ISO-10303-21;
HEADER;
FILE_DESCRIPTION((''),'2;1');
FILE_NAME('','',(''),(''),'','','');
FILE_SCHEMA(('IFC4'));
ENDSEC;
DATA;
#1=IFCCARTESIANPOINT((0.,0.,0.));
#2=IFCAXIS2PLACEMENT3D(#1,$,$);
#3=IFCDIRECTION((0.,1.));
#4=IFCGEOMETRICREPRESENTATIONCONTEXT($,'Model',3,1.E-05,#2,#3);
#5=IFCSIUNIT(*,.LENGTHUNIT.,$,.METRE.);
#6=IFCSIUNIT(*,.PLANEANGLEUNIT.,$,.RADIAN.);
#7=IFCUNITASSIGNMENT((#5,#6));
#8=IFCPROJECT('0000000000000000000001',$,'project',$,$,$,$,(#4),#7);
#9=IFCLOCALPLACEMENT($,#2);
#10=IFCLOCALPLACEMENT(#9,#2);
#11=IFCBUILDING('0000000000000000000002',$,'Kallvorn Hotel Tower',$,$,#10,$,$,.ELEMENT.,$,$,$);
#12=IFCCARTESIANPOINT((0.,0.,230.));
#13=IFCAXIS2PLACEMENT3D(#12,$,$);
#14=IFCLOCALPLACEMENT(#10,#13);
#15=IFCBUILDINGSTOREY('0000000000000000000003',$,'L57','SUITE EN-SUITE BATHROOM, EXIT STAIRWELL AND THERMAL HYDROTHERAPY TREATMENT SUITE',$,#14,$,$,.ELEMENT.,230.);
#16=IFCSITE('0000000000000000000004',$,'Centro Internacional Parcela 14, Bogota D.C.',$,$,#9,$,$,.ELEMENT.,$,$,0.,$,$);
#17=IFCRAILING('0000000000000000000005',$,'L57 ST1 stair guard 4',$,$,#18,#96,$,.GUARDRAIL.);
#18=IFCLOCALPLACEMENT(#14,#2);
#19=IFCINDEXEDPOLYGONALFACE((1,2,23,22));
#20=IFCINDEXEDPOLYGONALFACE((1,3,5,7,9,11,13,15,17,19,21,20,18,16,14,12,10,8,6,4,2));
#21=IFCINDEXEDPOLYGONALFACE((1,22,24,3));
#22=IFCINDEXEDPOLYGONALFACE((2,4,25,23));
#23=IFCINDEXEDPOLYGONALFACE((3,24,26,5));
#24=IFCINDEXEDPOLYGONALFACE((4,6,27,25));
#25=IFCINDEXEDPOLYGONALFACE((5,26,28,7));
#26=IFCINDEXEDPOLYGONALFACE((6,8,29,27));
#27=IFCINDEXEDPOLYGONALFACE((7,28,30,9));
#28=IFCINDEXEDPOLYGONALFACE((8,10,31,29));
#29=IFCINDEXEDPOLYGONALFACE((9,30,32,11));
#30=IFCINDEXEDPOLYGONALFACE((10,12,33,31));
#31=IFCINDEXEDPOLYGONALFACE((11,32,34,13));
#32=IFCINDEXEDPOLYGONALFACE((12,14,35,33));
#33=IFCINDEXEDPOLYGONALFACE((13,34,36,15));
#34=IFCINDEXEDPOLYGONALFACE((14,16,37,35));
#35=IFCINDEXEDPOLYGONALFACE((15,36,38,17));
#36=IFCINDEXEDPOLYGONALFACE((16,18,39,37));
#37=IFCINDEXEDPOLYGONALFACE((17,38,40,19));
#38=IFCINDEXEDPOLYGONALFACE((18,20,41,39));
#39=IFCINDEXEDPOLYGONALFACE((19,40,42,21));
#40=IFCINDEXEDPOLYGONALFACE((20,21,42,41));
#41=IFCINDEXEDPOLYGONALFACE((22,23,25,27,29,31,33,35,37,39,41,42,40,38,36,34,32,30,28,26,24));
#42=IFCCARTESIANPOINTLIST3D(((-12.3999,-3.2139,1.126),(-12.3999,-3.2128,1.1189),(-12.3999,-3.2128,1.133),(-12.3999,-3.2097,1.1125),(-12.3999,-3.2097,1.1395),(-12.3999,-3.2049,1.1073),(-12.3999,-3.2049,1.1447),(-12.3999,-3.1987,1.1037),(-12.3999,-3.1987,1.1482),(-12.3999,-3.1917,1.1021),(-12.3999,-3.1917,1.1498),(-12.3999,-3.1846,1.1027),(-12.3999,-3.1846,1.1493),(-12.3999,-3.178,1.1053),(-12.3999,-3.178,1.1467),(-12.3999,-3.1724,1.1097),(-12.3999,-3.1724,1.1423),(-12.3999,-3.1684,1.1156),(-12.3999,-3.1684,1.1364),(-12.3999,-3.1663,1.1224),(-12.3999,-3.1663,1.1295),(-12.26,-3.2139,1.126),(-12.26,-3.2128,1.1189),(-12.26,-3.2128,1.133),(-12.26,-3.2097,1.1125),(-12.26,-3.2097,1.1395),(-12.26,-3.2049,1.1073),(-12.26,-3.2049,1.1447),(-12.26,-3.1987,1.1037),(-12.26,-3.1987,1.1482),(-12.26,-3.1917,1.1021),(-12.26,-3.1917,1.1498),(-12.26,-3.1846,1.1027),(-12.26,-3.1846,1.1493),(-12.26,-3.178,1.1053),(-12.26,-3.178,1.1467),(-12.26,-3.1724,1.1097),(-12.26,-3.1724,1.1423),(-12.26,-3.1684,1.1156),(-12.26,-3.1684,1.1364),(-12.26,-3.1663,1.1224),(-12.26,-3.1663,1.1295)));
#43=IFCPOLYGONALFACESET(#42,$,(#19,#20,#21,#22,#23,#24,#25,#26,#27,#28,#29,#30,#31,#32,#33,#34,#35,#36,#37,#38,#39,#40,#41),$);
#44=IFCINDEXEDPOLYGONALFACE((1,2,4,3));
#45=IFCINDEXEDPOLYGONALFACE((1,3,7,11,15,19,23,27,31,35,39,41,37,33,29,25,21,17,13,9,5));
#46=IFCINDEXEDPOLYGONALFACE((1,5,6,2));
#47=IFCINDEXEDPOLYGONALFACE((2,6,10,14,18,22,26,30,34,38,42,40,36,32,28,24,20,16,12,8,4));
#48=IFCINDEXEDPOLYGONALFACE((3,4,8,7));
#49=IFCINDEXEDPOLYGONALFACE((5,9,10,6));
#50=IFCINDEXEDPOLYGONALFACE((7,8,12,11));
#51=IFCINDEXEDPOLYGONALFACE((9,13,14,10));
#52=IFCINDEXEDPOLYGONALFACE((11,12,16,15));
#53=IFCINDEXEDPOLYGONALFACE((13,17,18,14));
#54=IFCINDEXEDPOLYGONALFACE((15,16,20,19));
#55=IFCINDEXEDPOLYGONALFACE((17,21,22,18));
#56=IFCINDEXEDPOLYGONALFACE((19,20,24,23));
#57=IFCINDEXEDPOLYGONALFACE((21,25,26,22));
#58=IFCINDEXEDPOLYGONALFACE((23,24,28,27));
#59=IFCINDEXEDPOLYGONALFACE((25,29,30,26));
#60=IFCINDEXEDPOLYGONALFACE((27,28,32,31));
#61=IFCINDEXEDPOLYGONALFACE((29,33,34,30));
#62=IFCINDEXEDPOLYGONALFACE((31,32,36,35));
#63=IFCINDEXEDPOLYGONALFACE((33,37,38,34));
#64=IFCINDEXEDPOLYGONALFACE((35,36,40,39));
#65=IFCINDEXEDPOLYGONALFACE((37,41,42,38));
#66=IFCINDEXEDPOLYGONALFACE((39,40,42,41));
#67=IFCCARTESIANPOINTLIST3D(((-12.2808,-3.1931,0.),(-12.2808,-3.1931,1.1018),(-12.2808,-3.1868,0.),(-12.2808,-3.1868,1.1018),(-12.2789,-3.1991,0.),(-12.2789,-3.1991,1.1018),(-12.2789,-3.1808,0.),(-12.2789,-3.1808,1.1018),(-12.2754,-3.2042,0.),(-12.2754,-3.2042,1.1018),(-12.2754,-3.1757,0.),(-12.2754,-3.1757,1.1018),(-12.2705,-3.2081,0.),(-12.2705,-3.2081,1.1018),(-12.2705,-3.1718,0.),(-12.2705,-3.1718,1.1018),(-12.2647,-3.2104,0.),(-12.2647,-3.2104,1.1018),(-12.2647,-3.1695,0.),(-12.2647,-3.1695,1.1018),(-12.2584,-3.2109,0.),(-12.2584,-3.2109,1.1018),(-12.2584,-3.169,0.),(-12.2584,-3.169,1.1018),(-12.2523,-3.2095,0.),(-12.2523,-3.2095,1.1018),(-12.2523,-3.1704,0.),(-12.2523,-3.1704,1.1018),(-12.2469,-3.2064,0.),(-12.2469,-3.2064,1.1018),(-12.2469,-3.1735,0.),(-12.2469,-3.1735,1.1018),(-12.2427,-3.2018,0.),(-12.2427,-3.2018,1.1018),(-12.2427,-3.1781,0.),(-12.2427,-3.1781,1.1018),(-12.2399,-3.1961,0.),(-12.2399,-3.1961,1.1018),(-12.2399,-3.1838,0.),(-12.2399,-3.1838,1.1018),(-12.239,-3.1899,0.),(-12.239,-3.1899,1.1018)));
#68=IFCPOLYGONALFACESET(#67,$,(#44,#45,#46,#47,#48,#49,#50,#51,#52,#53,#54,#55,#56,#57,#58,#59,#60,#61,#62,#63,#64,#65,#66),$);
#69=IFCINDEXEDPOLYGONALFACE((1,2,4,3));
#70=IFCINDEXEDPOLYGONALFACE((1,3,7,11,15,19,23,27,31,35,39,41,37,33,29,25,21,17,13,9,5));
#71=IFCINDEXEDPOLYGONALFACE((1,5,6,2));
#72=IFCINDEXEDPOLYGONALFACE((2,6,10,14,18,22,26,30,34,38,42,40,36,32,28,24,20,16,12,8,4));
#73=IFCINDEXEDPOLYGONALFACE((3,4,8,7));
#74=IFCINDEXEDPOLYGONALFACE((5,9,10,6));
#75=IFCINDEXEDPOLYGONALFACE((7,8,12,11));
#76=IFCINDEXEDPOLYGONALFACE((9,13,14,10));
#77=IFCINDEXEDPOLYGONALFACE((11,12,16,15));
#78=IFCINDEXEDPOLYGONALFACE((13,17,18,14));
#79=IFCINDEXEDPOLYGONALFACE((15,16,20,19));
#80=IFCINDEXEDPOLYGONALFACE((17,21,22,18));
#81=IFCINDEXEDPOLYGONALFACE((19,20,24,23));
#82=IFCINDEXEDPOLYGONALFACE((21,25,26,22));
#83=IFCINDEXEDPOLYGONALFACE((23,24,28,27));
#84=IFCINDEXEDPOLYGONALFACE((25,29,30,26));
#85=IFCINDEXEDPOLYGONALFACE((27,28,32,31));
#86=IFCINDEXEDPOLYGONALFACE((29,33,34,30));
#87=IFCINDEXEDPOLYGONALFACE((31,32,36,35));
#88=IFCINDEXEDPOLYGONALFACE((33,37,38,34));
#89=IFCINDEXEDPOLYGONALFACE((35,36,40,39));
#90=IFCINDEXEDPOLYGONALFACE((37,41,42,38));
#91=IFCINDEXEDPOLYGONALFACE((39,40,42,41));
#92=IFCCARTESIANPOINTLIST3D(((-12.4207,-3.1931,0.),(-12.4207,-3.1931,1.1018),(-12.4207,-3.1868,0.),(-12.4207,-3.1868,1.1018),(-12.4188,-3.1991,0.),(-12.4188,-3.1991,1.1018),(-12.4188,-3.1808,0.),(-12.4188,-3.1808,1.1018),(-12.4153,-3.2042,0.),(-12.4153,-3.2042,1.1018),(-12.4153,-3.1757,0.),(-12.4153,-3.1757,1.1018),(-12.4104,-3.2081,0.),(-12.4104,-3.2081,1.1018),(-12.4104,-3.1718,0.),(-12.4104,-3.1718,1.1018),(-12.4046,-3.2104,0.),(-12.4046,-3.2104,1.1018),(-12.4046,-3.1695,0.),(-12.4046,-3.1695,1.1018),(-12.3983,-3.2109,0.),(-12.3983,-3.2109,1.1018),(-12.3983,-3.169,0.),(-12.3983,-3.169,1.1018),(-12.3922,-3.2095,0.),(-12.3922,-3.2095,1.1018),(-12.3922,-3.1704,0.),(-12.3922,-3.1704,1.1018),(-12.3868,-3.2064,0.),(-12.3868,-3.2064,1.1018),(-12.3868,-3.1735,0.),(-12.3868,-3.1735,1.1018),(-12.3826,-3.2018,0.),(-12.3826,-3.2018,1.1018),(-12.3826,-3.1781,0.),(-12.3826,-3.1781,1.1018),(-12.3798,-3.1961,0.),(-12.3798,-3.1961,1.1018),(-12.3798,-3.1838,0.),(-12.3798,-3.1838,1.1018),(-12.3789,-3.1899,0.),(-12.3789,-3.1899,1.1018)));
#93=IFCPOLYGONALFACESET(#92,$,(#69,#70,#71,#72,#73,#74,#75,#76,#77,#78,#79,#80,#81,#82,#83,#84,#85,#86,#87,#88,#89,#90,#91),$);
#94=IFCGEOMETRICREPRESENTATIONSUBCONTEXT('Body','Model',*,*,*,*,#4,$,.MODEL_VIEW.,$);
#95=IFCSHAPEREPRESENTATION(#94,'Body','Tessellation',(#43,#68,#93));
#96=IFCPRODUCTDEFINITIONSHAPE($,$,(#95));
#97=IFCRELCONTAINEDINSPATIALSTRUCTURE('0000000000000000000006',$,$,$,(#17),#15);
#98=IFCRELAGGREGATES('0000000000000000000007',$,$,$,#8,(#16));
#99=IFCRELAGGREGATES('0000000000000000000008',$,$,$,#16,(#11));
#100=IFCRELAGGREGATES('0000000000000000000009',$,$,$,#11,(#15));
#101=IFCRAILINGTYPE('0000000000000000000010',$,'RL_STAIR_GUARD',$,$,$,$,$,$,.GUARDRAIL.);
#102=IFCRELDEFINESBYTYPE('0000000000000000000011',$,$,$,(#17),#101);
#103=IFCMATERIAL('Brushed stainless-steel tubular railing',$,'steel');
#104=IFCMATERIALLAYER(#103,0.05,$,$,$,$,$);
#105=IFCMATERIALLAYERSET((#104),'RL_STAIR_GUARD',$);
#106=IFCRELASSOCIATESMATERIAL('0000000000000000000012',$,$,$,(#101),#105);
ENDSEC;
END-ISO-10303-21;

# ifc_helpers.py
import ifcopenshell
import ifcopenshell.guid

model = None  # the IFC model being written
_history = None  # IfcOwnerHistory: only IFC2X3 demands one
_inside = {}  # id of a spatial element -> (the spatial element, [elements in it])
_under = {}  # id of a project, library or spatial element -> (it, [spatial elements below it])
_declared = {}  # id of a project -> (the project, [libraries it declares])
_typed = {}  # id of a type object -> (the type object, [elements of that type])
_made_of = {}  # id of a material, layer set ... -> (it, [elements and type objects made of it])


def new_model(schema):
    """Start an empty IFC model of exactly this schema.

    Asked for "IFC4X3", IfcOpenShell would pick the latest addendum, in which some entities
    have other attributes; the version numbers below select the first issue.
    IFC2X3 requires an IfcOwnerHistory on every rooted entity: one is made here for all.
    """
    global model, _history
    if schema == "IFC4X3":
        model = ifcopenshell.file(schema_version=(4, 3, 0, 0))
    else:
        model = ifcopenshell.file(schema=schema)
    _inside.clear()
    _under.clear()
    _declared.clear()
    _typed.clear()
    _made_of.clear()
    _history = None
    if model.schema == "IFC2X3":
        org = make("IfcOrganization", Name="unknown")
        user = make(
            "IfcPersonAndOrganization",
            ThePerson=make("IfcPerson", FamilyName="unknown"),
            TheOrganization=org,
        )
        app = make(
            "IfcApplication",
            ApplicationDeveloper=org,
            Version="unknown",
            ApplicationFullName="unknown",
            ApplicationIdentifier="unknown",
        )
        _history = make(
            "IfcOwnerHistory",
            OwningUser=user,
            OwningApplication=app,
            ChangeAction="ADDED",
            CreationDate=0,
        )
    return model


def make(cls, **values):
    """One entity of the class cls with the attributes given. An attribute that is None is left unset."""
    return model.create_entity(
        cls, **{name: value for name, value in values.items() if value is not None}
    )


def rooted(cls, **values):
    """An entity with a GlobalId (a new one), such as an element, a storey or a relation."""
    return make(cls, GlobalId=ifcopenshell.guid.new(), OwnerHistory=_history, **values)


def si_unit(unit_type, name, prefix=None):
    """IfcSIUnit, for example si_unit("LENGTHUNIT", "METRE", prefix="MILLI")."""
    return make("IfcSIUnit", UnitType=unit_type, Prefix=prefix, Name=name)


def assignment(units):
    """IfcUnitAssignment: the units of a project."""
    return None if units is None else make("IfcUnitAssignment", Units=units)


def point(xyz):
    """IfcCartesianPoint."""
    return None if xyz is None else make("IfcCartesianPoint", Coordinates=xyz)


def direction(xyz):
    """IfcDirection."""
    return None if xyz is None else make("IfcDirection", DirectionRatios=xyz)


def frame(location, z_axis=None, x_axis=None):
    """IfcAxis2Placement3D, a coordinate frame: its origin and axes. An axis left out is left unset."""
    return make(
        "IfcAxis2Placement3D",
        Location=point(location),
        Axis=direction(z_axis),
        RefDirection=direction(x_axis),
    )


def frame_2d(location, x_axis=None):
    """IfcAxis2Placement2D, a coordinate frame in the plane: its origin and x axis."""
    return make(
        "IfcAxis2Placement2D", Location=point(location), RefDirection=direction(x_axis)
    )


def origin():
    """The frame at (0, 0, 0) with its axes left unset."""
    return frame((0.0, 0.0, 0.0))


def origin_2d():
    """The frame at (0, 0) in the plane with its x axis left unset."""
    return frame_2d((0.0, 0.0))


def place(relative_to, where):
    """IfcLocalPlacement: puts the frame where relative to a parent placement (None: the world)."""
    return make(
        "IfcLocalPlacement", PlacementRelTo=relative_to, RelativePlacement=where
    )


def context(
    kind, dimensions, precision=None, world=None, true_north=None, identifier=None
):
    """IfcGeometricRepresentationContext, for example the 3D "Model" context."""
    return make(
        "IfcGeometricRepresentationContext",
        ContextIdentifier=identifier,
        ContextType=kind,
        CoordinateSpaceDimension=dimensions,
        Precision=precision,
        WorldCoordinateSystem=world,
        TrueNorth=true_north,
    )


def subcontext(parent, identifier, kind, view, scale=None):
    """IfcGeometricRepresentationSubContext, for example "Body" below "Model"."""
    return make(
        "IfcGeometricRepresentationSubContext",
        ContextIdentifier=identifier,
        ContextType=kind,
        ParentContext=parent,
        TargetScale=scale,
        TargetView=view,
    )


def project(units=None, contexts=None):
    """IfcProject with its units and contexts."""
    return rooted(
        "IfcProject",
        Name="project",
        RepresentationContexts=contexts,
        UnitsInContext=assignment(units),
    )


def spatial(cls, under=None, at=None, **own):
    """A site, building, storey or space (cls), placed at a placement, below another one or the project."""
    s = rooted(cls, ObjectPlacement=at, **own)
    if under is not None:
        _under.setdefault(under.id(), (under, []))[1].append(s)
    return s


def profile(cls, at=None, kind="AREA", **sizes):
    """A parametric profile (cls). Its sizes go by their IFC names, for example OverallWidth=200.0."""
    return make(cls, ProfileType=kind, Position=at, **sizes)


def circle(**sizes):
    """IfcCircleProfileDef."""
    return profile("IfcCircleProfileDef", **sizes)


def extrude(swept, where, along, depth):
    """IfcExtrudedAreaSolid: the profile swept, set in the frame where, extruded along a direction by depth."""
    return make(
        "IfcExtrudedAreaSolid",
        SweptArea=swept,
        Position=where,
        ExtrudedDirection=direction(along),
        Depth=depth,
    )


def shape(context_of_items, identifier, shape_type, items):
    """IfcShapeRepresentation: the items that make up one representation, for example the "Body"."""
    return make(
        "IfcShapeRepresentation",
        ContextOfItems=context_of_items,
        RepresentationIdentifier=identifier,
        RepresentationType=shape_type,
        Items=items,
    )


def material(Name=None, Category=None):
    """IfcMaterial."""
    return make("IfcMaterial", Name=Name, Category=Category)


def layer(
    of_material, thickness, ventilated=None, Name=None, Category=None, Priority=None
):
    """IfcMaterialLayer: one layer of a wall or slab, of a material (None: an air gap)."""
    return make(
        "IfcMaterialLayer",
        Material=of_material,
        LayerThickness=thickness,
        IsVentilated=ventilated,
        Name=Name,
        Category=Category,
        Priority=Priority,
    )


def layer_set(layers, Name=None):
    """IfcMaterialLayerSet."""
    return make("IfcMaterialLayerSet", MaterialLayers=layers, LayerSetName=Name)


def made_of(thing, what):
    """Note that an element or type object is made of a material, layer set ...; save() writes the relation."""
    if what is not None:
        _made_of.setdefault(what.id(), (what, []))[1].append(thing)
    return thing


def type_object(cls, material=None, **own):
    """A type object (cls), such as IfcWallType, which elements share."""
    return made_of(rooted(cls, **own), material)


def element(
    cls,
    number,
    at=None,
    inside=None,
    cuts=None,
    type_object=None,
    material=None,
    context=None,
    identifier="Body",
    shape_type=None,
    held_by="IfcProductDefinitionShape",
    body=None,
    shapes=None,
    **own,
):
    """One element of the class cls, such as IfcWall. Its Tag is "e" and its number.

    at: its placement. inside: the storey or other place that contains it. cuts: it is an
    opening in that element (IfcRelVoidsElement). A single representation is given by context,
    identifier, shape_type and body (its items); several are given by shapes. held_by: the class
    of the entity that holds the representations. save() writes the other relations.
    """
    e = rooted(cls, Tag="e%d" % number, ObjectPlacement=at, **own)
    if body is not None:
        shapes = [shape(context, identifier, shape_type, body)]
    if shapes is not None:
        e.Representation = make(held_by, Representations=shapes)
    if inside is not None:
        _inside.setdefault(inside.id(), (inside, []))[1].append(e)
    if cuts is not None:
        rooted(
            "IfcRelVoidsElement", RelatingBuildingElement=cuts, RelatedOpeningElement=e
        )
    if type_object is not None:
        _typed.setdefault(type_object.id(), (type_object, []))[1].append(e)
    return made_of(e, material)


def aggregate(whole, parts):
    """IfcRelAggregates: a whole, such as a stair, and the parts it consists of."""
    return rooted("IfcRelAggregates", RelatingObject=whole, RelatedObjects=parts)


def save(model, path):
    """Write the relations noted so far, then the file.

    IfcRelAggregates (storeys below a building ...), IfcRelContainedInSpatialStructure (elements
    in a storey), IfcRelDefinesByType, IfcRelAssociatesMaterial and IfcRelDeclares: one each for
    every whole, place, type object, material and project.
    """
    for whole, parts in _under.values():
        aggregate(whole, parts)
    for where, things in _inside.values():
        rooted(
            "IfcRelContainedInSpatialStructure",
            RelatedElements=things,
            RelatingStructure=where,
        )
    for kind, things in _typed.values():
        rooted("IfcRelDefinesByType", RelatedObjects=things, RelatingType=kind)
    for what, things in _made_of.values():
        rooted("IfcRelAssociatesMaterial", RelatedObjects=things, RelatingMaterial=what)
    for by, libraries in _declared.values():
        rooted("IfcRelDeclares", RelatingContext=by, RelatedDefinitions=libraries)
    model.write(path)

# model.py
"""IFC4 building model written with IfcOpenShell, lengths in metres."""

from ifc_helpers import new_model, si_unit, direction, frame, origin, origin_2d, place, context, subcontext, project, spatial, circle, extrude, material, layer, layer_set, type_object, element, save


model = new_model("IFC4")

# Units and contexts
model_context = context("Model", 3, precision=1e-05, world=origin(), true_north=direction((0.0, 1.0)))
body_context = subcontext(model_context, "Body", "Model", "MODEL_VIEW")
ifc_project = project(units=[si_unit("LENGTHUNIT", "METRE"), si_unit("PLANEANGLEUNIT", "RADIAN")], contexts=[model_context])

# Site, building, storey
site_placement = place(None, origin())
site = spatial("IfcSite", under=ifc_project, at=site_placement, Name="Centro Internacional Parcela 14, Bogota D.C.", CompositionType="ELEMENT", RefElevation=0.0)
building_placement = place(site_placement, origin())
building = spatial("IfcBuilding", under=site, at=building_placement, Name="Kallvorn Hotel Tower", CompositionType="ELEMENT")
storey_placement = place(building_placement, frame((0.0, 0.0, 230.0)))
storey = spatial("IfcBuildingStorey", under=building, at=storey_placement, Name="L57", Description="SUITE EN-SUITE BATHROOM, EXIT STAIRWELL AND THERMAL HYDROTHERAPY TREATMENT SUITE", CompositionType="ELEMENT", Elevation=230.0)

# Railing
ifc_material_1 = material(Name="Brushed stainless-steel tubular railing", Category="steel")
ifc_layer_1 = layer(ifc_material_1, 0.05)
ifc_layer_set_1 = layer_set([ifc_layer_1], Name="RL_STAIR_GUARD")
railing_type_1 = type_object("IfcRailingType", Name="RL_STAIR_GUARD", PredefinedType="GUARDRAIL", material=ifc_layer_set_1)
railing_1_placement = place(storey_placement, frame((-12.26, -3.1899, 0.0)))
element("IfcRailing", 1, at=railing_1_placement, inside=storey, type_object=railing_type_1, Name="L57 ST1 stair guard 4", PredefinedType="GUARDRAIL", context=body_context, shape_type="SweptSolid", body=[
    extrude(circle(Radius=0.0239, at=origin_2d()), frame((0.0, 0.0, 1.126), z_axis=(-1.0, 0.0, 0.0), x_axis=(0.0, -1.0, 0.0)), (0.0, 0.0, 1.0), 0.1399),
    extrude(circle(Radius=0.021, at=origin_2d()), origin(), (0.0, 0.0, 1.0), 1.1018),
    extrude(circle(Radius=0.021, at=origin_2d()), frame((-0.1399, 0.0, 0.0)), (0.0, 0.0, 1.0), 1.1018),
])

save(model, "model.ifc")
